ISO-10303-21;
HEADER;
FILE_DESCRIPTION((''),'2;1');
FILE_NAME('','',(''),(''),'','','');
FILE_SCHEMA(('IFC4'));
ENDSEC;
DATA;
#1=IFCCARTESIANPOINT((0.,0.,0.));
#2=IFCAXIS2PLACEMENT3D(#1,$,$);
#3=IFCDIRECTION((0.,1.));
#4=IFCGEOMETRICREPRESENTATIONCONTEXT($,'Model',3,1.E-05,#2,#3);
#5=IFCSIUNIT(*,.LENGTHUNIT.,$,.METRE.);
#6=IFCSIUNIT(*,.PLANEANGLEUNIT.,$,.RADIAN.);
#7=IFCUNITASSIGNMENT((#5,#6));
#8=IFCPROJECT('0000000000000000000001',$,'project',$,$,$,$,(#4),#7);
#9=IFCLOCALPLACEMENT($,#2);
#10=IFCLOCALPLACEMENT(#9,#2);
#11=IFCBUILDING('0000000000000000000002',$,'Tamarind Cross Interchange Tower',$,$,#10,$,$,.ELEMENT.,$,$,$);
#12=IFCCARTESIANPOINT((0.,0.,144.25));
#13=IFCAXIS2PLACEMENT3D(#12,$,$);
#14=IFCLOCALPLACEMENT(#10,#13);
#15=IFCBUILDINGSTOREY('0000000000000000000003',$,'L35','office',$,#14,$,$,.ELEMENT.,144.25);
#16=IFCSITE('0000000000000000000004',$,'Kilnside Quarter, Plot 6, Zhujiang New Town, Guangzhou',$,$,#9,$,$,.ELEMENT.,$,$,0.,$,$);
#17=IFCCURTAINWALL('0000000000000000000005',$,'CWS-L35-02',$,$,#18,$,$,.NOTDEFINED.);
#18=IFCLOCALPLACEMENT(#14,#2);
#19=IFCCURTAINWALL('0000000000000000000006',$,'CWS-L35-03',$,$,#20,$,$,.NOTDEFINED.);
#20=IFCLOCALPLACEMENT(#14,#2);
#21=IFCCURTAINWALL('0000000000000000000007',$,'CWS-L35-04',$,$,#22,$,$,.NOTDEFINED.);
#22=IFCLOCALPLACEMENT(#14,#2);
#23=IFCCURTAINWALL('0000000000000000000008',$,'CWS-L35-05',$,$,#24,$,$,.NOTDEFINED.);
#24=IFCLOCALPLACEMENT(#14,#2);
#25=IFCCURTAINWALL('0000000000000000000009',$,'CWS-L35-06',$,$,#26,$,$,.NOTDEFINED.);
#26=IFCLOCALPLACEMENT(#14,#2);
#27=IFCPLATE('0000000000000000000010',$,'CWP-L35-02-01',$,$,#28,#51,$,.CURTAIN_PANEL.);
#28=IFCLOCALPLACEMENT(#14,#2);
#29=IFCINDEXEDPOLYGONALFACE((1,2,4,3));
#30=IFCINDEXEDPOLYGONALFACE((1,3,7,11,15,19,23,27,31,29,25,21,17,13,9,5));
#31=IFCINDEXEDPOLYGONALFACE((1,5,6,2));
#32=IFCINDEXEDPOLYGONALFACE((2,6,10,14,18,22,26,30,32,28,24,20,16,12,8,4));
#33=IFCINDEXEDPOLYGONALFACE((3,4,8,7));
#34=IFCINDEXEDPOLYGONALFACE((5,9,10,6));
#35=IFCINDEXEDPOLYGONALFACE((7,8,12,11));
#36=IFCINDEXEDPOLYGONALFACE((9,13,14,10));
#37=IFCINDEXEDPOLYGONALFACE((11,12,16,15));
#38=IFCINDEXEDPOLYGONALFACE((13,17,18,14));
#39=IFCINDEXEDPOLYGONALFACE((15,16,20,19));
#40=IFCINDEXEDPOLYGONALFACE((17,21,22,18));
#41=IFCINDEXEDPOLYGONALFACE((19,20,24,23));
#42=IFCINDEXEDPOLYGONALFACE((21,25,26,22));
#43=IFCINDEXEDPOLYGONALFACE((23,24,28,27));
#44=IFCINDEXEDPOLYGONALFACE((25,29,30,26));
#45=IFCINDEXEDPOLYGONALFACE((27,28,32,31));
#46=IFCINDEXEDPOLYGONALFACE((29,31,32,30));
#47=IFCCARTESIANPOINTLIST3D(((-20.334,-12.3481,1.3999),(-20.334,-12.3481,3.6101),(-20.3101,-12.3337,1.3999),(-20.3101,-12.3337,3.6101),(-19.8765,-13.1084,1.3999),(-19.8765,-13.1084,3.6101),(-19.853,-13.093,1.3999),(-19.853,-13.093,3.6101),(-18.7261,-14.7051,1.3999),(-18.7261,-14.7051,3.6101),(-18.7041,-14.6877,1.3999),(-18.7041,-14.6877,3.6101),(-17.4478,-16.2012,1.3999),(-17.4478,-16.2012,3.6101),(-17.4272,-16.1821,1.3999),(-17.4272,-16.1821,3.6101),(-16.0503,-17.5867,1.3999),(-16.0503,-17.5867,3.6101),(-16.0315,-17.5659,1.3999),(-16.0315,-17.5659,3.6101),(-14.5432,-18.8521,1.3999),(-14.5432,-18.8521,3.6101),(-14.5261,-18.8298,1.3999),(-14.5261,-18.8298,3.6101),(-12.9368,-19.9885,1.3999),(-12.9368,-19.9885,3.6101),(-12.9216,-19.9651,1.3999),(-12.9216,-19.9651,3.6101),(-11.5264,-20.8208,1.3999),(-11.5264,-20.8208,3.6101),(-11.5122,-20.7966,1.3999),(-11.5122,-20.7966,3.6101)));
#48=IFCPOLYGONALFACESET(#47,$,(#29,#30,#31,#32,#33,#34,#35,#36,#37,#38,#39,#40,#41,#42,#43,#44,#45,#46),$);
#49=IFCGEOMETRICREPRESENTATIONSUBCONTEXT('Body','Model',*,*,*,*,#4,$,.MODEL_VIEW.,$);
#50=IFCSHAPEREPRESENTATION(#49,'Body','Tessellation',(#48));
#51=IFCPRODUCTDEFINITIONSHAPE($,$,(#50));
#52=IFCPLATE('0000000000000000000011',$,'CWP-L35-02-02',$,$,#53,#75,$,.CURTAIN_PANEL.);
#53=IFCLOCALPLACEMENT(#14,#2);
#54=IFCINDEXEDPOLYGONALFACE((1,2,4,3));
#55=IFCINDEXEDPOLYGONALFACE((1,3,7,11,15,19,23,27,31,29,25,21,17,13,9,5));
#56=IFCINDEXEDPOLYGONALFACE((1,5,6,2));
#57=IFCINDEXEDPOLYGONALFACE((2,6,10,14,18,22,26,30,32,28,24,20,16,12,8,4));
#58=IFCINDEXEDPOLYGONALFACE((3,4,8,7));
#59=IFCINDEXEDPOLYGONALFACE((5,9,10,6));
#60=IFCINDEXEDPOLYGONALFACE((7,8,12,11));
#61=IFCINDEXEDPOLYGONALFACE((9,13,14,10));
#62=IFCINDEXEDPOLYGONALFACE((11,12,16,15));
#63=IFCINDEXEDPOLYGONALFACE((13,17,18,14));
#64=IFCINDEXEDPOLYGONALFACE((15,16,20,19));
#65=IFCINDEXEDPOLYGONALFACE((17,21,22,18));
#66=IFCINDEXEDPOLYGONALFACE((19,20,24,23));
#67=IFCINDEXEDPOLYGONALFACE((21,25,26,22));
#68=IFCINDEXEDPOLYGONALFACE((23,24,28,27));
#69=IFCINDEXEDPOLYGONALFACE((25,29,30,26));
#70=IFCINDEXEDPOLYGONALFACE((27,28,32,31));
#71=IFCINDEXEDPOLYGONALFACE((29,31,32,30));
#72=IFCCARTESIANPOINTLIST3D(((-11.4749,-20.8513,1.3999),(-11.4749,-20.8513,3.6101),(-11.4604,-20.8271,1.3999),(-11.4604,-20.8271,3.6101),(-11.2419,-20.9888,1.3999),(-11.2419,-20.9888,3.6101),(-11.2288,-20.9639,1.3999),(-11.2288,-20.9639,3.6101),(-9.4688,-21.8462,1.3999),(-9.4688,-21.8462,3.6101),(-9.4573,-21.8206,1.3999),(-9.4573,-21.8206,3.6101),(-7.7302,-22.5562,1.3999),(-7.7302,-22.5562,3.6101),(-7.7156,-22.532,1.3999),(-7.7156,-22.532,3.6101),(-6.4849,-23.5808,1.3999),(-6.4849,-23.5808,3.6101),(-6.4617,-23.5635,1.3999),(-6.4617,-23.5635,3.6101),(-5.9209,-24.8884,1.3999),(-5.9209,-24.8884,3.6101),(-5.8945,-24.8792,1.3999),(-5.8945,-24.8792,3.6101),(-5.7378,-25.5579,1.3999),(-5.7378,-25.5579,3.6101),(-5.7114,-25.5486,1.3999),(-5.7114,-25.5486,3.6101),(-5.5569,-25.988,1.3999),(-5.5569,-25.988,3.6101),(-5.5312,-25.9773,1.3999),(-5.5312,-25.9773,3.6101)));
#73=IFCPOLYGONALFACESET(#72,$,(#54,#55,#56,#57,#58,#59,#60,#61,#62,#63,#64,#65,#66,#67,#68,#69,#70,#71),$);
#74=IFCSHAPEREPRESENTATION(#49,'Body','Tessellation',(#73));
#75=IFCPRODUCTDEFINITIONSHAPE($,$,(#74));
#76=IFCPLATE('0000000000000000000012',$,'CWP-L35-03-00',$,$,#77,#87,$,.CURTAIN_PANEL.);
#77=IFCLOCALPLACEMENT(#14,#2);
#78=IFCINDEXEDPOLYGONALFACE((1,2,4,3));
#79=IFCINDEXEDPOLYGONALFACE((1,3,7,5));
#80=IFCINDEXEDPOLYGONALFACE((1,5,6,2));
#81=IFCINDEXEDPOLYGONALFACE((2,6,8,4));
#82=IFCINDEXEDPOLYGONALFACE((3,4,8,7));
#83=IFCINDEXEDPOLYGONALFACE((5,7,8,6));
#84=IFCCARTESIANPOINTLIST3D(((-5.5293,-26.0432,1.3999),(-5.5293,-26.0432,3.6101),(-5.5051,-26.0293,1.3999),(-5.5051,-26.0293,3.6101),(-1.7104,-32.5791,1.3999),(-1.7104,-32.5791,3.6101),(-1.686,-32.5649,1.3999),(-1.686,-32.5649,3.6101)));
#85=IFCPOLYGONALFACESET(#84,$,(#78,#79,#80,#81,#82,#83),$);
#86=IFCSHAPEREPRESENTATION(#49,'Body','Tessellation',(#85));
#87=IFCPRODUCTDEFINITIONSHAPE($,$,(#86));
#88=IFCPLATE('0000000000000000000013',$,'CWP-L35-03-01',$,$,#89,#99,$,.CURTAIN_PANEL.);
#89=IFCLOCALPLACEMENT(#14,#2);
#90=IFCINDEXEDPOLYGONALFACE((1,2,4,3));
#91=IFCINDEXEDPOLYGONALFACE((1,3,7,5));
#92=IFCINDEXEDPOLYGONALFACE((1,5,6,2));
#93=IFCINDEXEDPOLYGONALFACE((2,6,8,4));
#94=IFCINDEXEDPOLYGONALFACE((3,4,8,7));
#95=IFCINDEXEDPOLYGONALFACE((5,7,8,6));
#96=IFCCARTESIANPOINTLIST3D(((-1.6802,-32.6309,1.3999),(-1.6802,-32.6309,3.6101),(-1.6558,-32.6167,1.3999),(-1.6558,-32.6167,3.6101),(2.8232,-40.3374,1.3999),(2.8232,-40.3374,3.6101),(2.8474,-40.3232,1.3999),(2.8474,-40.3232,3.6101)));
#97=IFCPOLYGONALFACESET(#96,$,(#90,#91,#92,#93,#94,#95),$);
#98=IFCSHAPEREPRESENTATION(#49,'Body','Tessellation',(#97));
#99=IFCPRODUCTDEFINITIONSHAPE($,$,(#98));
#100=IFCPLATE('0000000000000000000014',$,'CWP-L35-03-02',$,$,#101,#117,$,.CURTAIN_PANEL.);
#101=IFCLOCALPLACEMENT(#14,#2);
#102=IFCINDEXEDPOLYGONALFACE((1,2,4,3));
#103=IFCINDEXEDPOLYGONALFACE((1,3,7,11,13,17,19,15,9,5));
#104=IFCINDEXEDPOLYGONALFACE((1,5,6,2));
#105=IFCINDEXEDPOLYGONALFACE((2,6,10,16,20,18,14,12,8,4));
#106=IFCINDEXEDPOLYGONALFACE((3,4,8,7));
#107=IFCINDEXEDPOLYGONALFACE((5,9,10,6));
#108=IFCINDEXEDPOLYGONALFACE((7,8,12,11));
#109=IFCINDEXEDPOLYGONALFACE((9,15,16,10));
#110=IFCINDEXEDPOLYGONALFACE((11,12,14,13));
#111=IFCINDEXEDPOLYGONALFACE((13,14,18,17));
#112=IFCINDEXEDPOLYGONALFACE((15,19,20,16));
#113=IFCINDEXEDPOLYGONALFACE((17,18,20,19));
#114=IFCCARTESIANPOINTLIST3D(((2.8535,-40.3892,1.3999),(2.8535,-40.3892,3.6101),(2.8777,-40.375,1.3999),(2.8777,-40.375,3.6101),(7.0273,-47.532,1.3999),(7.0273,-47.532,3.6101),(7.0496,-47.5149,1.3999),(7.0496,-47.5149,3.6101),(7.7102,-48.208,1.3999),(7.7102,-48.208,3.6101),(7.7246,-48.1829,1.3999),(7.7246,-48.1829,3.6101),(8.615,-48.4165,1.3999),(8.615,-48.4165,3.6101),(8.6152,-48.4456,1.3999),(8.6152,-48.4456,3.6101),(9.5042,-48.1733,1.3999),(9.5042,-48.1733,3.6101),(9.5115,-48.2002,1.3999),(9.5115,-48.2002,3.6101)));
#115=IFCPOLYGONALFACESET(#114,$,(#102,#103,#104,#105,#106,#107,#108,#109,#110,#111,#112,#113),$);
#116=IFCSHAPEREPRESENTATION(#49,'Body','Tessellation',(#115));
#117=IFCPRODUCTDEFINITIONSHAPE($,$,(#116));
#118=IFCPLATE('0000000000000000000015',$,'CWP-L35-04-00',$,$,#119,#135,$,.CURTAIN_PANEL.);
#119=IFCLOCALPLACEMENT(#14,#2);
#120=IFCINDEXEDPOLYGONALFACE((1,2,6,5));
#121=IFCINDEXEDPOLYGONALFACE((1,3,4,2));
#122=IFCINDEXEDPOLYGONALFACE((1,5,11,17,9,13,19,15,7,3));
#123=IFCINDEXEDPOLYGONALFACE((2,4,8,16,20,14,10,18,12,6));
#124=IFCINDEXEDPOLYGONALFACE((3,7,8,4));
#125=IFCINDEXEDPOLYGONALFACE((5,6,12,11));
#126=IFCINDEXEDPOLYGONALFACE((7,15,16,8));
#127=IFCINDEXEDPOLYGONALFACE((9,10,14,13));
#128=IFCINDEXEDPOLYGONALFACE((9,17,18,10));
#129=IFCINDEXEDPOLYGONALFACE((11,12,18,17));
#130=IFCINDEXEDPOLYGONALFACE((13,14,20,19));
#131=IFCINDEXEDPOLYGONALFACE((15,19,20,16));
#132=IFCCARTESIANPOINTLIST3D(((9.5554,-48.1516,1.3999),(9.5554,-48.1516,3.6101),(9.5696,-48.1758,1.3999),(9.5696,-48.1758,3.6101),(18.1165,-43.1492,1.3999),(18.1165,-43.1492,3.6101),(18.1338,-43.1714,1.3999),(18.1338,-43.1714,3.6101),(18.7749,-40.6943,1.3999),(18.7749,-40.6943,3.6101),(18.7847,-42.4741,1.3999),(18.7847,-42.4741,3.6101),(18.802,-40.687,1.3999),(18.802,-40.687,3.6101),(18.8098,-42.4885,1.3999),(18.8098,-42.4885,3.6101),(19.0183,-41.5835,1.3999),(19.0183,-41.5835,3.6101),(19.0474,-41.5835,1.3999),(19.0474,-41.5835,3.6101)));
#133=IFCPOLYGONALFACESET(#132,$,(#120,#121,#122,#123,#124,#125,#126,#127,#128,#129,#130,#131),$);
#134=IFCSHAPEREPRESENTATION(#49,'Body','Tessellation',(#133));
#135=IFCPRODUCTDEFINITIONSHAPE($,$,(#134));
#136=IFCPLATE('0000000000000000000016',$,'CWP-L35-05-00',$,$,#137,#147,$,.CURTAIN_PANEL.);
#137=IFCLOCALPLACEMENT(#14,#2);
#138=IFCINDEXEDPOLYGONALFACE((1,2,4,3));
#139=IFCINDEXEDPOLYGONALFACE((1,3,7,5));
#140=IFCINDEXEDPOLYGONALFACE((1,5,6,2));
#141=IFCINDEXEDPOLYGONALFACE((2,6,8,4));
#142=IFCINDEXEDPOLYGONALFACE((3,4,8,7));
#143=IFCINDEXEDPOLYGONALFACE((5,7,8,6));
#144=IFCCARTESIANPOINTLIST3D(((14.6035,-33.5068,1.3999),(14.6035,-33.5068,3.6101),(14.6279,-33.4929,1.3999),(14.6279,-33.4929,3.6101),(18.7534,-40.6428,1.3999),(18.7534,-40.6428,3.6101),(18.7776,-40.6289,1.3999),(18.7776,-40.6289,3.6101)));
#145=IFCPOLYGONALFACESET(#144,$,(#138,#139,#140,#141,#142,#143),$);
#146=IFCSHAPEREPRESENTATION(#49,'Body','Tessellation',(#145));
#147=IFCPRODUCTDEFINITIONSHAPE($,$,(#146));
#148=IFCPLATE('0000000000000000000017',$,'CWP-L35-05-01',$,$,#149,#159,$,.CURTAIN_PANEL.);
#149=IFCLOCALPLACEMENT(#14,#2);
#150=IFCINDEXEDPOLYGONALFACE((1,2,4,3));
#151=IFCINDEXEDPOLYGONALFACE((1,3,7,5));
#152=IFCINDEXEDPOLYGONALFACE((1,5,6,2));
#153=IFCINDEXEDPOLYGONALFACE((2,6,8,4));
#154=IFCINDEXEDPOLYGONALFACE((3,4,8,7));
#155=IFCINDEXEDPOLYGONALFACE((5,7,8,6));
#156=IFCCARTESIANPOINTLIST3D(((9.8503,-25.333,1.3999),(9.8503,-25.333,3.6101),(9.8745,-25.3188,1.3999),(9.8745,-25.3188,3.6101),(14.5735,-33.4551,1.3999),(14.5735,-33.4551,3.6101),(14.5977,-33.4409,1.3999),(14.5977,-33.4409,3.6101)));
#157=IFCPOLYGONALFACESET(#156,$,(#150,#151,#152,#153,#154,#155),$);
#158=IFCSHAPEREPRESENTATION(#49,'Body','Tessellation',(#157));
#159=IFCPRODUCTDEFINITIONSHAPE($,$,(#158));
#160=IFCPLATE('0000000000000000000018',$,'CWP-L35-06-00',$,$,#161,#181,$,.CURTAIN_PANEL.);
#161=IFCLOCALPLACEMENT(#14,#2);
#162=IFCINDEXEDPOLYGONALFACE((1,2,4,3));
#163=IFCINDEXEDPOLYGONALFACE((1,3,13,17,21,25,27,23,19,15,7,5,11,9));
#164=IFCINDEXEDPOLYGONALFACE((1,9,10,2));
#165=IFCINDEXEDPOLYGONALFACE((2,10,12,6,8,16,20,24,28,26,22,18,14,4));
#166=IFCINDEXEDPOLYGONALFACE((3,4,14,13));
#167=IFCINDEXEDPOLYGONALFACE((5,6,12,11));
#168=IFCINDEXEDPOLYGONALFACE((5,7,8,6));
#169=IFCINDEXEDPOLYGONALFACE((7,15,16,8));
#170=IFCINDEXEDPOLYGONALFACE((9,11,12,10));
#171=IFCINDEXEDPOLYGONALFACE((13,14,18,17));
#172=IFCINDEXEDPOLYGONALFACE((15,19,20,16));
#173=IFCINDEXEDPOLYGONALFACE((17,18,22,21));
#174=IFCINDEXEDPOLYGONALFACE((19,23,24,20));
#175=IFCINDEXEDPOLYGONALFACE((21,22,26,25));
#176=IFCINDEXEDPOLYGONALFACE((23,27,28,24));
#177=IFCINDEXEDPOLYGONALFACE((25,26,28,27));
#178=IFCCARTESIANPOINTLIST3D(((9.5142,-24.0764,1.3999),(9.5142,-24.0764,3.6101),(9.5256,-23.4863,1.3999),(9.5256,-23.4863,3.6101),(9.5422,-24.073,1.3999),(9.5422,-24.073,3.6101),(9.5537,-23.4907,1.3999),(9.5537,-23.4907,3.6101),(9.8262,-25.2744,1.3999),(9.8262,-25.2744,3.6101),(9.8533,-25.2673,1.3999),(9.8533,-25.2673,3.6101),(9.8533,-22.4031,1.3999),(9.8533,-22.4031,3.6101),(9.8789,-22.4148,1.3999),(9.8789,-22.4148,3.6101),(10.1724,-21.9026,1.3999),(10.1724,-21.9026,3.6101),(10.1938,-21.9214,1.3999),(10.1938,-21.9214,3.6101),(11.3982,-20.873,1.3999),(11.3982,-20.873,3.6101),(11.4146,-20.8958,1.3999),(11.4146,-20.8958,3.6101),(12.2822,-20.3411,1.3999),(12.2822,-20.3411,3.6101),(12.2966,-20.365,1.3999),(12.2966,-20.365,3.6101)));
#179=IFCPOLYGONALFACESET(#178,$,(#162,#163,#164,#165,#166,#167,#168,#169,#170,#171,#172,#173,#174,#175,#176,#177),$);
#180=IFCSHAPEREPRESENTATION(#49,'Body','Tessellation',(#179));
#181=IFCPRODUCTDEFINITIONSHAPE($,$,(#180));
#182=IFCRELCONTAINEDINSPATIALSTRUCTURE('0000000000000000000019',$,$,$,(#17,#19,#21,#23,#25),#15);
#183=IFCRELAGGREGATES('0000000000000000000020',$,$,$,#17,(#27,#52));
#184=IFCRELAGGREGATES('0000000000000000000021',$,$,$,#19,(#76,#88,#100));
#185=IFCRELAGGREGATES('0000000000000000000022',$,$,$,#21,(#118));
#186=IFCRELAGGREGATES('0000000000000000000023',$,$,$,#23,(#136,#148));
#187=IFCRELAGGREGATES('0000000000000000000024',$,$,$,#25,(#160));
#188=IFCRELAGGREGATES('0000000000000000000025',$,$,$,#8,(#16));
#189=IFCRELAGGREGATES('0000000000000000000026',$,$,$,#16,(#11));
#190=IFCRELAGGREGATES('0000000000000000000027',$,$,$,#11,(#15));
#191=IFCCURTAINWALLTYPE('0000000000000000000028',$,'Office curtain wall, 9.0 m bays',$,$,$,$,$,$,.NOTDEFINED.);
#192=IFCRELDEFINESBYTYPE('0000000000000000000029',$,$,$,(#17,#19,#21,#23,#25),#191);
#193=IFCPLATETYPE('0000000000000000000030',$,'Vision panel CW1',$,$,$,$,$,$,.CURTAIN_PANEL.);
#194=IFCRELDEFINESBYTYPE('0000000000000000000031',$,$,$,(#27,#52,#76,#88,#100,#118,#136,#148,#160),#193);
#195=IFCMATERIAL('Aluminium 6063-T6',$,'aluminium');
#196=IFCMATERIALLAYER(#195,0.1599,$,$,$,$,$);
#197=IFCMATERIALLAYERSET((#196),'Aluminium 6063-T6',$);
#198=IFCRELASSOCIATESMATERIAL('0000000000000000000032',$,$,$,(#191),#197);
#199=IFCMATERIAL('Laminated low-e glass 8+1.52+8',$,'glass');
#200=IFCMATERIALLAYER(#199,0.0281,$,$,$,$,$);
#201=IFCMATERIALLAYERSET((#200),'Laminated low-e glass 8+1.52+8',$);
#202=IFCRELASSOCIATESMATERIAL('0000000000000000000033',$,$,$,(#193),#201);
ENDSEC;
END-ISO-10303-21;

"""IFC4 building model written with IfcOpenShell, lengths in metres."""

from ifc_helpers import new_model, si_unit, direction, frame, origin, place, context, subcontext, project, spatial, polyline, outline, extrude, material, layer, layer_set, type_object, element, aggregate, save


model = new_model("IFC4")

# Units and contexts
model_context = context("Model", 3, precision=1e-05, world=origin(), true_north=direction((0.0, 1.0)))
body_context = subcontext(model_context, "Body", "Model", "MODEL_VIEW")
ifc_project = project(units=[si_unit("LENGTHUNIT", "METRE"), si_unit("PLANEANGLEUNIT", "RADIAN")], contexts=[model_context])

# Site, building, storey
site_placement = place(None, origin())
site = spatial("IfcSite", under=ifc_project, at=site_placement, Name="Kilnside Quarter, Plot 6, Zhujiang New Town, Guangzhou", CompositionType="ELEMENT", RefElevation=0.0)
building_placement = place(site_placement, origin())
building = spatial("IfcBuilding", under=site, at=building_placement, Name="Tamarind Cross Interchange Tower", CompositionType="ELEMENT")
storey_placement = place(building_placement, frame((0.0, 0.0, 144.25)))
storey = spatial("IfcBuildingStorey", under=building, at=storey_placement, Name="L35", Description="office", CompositionType="ELEMENT", Elevation=144.25)

# Curtain walls
ifc_material_1 = material(Name="Aluminium 6063-T6", Category="aluminium")
ifc_layer_1 = layer(ifc_material_1, 0.1599)
ifc_layer_set_1 = layer_set([ifc_layer_1], Name="Aluminium 6063-T6")
curtain_wall_type = type_object("IfcCurtainWallType", Name="Office curtain wall, 9.0 m bays", PredefinedType="NOTDEFINED", material=ifc_layer_set_1)
curtain_wall_1_placement = place(storey_placement, origin())
curtain_wall_1 = element("IfcCurtainWall", 1, at=curtain_wall_1_placement, inside=storey, type_object=curtain_wall_type, Name="CWS-L35-02", PredefinedType="NOTDEFINED")
curtain_wall_2_placement = place(storey_placement, origin())
curtain_wall_2 = element("IfcCurtainWall", 2, at=curtain_wall_2_placement, inside=storey, type_object=curtain_wall_type, Name="CWS-L35-03", PredefinedType="NOTDEFINED")
curtain_wall_3_placement = place(storey_placement, origin())
curtain_wall_3 = element("IfcCurtainWall", 3, at=curtain_wall_3_placement, inside=storey, type_object=curtain_wall_type, Name="CWS-L35-04", PredefinedType="NOTDEFINED")
curtain_wall_4_placement = place(storey_placement, origin())
curtain_wall_4 = element("IfcCurtainWall", 4, at=curtain_wall_4_placement, inside=storey, type_object=curtain_wall_type, Name="CWS-L35-05", PredefinedType="NOTDEFINED")
curtain_wall_5_placement = place(storey_placement, origin())
curtain_wall_5 = element("IfcCurtainWall", 5, at=curtain_wall_5_placement, inside=storey, type_object=curtain_wall_type, Name="CWS-L35-06", PredefinedType="NOTDEFINED")

# Plates
ifc_material_2 = material(Name="Laminated low-e glass 8+1.52+8", Category="glass")
ifc_layer_2 = layer(ifc_material_2, 0.0281)
ifc_layer_set_2 = layer_set([ifc_layer_2], Name="Laminated low-e glass 8+1.52+8")
plate_type = type_object("IfcPlateType", Name="Vision panel CW1", PredefinedType="CURTAIN_PANEL", material=ifc_layer_set_2)
plate_1_placement = place(storey_placement, frame((0.0, 0.0, 1.3999)))
plate_1 = element("IfcPlate", 6, at=plate_1_placement, type_object=plate_type, Name="CWP-L35-02-01", PredefinedType="CURTAIN_PANEL", context=body_context, shape_type="SweptSolid", body=[
    extrude(outline(polyline([(-20.3101, -12.3337), (-19.853, -13.093), (-18.7041, -14.6877), (-17.4272, -16.1821), (-16.0315, -17.5659), (-14.5261, -18.8298), (-12.9216, -19.9651), (-11.5122, -20.7966), (-11.5264, -20.8208), (-12.9368, -19.9885), (-14.5432, -18.8521), (-16.0503, -17.5867), (-17.4478, -16.2012), (-18.7261, -14.7051), (-19.8765, -13.1084), (-20.334, -12.3481), (-20.3101, -12.3337)])), origin(), (0.0, 0.0, 1.0), 2.2102),
])
plate_2_placement = place(storey_placement, frame((0.0, 0.0, 1.3999)))
plate_2 = element("IfcPlate", 7, at=plate_2_placement, type_object=plate_type, Name="CWP-L35-02-02", PredefinedType="CURTAIN_PANEL", context=body_context, shape_type="SweptSolid", body=[
    extrude(outline(polyline([(-11.4604, -20.8271), (-11.2288, -20.9639), (-9.4573, -21.8206), (-7.7156, -22.532), (-6.4617, -23.5635), (-5.8945, -24.8792), (-5.7114, -25.5486), (-5.5312, -25.9773), (-5.5569, -25.988), (-5.7378, -25.5579), (-5.9209, -24.8884), (-6.4849, -23.5808), (-7.7302, -22.5562), (-9.4688, -21.8462), (-11.2419, -20.9888), (-11.4749, -20.8513), (-11.4604, -20.8271)])), origin(), (0.0, 0.0, 1.0), 2.2102),
])
aggregate(curtain_wall_1, [plate_1, plate_2])
plate_3_placement = place(storey_placement, frame((0.0, 0.0, 1.3999)))
plate_3 = element("IfcPlate", 8, at=plate_3_placement, type_object=plate_type, Name="CWP-L35-03-00", PredefinedType="CURTAIN_PANEL", context=body_context, shape_type="SweptSolid", body=[
    extrude(outline(polyline([(-5.5051, -26.0293), (-1.686, -32.5649), (-1.7104, -32.5791), (-5.5293, -26.0432), (-5.5051, -26.0293)])), origin(), (0.0, 0.0, 1.0), 2.2102),
])
plate_4_placement = place(storey_placement, frame((0.0, 0.0, 1.3999)))
plate_4 = element("IfcPlate", 9, at=plate_4_placement, type_object=plate_type, Name="CWP-L35-03-01", PredefinedType="CURTAIN_PANEL", context=body_context, shape_type="SweptSolid", body=[
    extrude(outline(polyline([(-1.6558, -32.6167), (2.8474, -40.3232), (2.8232, -40.3374), (-1.6802, -32.6309), (-1.6558, -32.6167)])), origin(), (0.0, 0.0, 1.0), 2.2102),
])
plate_5_placement = place(storey_placement, frame((0.0, 0.0, 1.3999)))
plate_5 = element("IfcPlate", 10, at=plate_5_placement, type_object=plate_type, Name="CWP-L35-03-02", PredefinedType="CURTAIN_PANEL", context=body_context, shape_type="SweptSolid", body=[
    extrude(outline(polyline([(2.8777, -40.375), (7.0496, -47.5149), (7.7246, -48.1829), (8.615, -48.4165), (9.5042, -48.1733), (9.5115, -48.2002), (8.6152, -48.4456), (7.7102, -48.208), (7.0273, -47.532), (2.8535, -40.3892), (2.8777, -40.375)])), origin(), (0.0, 0.0, 1.0), 2.2102),
])
aggregate(curtain_wall_2, [plate_3, plate_4, plate_5])
plate_6_placement = place(storey_placement, frame((0.0, 0.0, 1.3999)))
plate_6 = element("IfcPlate", 11, at=plate_6_placement, type_object=plate_type, Name="CWP-L35-04-00", PredefinedType="CURTAIN_PANEL", context=body_context, shape_type="SweptSolid", body=[
    extrude(outline(polyline([(9.5554, -48.1516), (18.1165, -43.1492), (18.7847, -42.4741), (19.0183, -41.5835), (18.7749, -40.6943), (18.802, -40.687), (19.0474, -41.5835), (18.8098, -42.4885), (18.1338, -43.1714), (9.5696, -48.1758), (9.5554, -48.1516)])), origin(), (0.0, 0.0, 1.0), 2.2102),
])
aggregate(curtain_wall_3, [plate_6])
plate_7_placement = place(storey_placement, frame((0.0, 0.0, 1.3999)))
plate_7 = element("IfcPlate", 12, at=plate_7_placement, type_object=plate_type, Name="CWP-L35-05-00", PredefinedType="CURTAIN_PANEL", context=body_context, shape_type="SweptSolid", body=[
    extrude(outline(polyline([(18.7534, -40.6428), (14.6035, -33.5068), (14.6279, -33.4929), (18.7776, -40.6289), (18.7534, -40.6428)])), origin(), (0.0, 0.0, 1.0), 2.2102),
])
plate_8_placement = place(storey_placement, frame((0.0, 0.0, 1.3999)))
plate_8 = element("IfcPlate", 13, at=plate_8_placement, type_object=plate_type, Name="CWP-L35-05-01", PredefinedType="CURTAIN_PANEL", context=body_context, shape_type="SweptSolid", body=[
    extrude(outline(polyline([(14.5735, -33.4551), (9.8503, -25.333), (9.8745, -25.3188), (14.5977, -33.4409), (14.5735, -33.4551)])), origin(), (0.0, 0.0, 1.0), 2.2102),
])
aggregate(curtain_wall_4, [plate_7, plate_8])
plate_9_placement = place(storey_placement, frame((0.0, 0.0, 1.3999)))
plate_9 = element("IfcPlate", 14, at=plate_9_placement, type_object=plate_type, Name="CWP-L35-06-00", PredefinedType="CURTAIN_PANEL", context=body_context, shape_type="SweptSolid", body=[
    extrude(outline(polyline([(9.8262, -25.2744), (9.5142, -24.0764), (9.5256, -23.4863), (9.8533, -22.4031), (10.1724, -21.9026), (11.3982, -20.873), (12.2822, -20.3411), (12.2966, -20.365), (11.4146, -20.8958), (10.1938, -21.9214), (9.8789, -22.4148), (9.5537, -23.4907), (9.5422, -24.073), (9.8533, -25.2673), (9.8262, -25.2744)])), origin(), (0.0, 0.0, 1.0), 2.2102),
])
aggregate(curtain_wall_5, [plate_9])

save(model, "model.ifc")
